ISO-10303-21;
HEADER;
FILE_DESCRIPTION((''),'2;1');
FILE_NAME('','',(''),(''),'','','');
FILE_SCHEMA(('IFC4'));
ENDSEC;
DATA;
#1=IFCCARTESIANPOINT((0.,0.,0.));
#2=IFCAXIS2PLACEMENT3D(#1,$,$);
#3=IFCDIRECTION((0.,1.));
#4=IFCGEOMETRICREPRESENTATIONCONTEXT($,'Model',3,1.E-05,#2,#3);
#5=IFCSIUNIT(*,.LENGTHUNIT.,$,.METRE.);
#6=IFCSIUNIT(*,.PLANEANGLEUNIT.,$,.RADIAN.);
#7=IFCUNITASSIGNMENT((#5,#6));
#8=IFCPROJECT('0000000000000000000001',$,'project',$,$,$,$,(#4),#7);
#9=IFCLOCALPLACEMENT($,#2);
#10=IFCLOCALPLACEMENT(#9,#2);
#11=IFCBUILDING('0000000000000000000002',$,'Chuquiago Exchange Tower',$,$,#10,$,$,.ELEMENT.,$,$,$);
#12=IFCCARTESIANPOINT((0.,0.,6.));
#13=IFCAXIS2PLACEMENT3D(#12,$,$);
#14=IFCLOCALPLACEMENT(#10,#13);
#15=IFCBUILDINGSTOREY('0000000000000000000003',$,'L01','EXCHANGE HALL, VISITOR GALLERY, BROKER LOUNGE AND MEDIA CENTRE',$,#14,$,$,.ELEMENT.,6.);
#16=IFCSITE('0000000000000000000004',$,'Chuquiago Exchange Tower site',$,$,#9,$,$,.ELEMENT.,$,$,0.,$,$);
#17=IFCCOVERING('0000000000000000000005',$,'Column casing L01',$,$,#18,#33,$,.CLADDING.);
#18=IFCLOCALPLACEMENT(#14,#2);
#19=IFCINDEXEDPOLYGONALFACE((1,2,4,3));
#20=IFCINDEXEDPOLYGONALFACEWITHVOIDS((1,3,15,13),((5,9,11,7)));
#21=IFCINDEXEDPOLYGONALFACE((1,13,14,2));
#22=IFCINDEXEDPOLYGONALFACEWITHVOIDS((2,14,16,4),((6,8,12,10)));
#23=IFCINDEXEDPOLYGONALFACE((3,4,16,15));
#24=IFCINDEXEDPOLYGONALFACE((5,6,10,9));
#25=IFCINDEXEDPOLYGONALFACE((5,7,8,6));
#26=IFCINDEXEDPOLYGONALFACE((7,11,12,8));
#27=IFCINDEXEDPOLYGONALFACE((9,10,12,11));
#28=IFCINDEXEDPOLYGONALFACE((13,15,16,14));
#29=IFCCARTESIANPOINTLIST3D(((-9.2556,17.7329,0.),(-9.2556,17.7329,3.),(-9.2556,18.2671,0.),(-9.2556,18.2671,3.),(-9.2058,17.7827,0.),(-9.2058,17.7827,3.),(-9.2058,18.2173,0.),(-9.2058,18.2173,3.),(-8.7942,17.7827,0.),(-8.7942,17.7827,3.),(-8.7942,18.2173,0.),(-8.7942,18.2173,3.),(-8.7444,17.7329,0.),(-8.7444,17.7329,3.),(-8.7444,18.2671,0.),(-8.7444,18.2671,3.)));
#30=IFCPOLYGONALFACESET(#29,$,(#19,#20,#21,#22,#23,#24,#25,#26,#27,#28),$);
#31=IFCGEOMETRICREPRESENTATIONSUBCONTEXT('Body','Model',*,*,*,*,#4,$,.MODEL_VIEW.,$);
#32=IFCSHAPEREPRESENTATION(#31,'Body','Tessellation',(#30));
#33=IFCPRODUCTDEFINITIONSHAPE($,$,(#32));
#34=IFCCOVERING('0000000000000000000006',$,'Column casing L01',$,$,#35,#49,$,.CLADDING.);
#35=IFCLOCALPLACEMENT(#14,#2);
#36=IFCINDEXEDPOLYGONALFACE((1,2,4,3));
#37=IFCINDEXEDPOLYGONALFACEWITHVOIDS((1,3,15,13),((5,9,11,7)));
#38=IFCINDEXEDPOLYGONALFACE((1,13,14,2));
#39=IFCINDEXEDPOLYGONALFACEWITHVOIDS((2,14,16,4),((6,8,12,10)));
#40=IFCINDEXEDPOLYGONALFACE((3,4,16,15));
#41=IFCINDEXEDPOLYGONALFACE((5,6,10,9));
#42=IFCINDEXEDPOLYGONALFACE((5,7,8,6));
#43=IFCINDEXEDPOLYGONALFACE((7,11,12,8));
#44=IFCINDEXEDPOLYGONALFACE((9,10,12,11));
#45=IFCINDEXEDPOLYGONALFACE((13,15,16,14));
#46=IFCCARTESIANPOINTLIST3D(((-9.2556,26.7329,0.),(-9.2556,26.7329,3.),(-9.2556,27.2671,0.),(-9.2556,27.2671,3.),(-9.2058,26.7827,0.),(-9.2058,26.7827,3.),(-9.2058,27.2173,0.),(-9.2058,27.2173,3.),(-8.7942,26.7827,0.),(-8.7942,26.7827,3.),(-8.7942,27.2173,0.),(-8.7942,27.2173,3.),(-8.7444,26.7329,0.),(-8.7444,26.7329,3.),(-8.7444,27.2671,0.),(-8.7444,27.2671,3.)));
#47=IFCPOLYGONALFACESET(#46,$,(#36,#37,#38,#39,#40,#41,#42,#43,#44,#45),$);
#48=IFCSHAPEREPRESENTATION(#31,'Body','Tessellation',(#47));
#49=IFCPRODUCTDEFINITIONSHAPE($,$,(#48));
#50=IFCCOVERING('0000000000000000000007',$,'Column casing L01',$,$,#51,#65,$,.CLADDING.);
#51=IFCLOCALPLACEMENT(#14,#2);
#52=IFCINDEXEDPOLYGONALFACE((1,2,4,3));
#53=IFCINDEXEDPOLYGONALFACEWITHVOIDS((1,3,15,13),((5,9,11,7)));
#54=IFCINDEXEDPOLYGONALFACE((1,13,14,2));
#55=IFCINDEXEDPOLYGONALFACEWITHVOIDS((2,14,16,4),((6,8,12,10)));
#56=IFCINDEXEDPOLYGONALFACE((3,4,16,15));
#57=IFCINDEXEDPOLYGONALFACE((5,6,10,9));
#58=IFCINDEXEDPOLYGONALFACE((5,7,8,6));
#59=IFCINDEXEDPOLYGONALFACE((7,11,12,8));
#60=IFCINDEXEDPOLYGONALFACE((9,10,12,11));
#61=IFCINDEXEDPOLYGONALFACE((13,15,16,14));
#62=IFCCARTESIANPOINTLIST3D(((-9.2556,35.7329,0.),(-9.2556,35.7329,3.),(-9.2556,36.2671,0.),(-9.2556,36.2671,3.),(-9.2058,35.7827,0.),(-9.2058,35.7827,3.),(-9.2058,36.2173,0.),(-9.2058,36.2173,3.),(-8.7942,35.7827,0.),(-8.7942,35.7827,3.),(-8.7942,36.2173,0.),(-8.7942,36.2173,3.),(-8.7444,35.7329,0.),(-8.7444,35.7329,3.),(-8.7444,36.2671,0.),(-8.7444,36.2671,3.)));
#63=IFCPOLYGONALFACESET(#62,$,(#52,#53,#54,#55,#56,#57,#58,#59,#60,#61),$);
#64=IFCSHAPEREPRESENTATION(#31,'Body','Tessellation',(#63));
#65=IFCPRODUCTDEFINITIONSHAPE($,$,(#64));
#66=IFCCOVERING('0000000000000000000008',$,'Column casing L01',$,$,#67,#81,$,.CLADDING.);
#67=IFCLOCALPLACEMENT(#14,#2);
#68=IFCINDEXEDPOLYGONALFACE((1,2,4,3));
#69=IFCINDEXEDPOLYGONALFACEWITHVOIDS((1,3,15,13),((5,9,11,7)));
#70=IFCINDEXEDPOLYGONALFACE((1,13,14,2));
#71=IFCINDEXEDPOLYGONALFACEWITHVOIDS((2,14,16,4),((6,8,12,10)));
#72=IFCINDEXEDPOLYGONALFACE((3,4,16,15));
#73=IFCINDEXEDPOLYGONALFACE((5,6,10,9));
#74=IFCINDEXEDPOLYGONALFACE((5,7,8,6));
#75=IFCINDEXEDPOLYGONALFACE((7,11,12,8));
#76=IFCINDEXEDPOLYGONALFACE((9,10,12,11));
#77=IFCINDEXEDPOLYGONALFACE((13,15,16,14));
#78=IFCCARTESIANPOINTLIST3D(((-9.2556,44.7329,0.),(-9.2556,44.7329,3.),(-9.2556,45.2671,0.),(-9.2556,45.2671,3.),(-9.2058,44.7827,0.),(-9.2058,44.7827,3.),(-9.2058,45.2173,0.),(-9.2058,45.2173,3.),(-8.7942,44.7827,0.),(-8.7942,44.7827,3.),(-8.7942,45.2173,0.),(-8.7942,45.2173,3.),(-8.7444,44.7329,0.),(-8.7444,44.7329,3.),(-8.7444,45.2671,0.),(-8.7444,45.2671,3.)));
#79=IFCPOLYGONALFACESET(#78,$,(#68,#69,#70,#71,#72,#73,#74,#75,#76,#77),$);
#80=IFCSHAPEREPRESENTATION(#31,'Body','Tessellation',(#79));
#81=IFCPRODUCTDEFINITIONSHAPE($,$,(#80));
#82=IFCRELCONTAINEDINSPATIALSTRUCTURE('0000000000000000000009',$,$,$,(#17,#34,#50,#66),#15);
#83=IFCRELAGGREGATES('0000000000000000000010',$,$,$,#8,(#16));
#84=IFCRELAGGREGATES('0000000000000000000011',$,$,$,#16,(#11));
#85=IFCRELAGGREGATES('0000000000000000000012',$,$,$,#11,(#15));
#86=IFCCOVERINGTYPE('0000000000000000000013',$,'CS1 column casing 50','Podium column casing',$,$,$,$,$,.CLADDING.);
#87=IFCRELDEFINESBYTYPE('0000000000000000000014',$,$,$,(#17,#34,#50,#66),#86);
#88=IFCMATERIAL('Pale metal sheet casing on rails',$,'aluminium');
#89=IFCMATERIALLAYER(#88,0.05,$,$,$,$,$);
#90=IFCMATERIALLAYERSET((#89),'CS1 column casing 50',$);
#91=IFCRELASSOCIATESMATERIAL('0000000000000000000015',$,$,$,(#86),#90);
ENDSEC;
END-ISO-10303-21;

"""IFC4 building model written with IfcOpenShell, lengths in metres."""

from ifc_helpers import new_model, si_unit, direction, frame, origin, place, context, subcontext, project, spatial, polyline, outline, extrude, material, layer, layer_set, type_object, element, save


model = new_model("IFC4")

# Units and contexts
model_context = context("Model", 3, precision=1e-05, world=origin(), true_north=direction((0.0, 1.0)))
body_context = subcontext(model_context, "Body", "Model", "MODEL_VIEW")
ifc_project = project(units=[si_unit("LENGTHUNIT", "METRE"), si_unit("PLANEANGLEUNIT", "RADIAN")], contexts=[model_context])

# Site, building, storey
site_placement = place(None, origin())
site = spatial("IfcSite", under=ifc_project, at=site_placement, Name="Chuquiago Exchange Tower site", CompositionType="ELEMENT", RefElevation=0.0)
building_placement = place(site_placement, origin())
building = spatial("IfcBuilding", under=site, at=building_placement, Name="Chuquiago Exchange Tower", CompositionType="ELEMENT")
storey_placement = place(building_placement, frame((0.0, 0.0, 6.0)))
storey = spatial("IfcBuildingStorey", under=building, at=storey_placement, Name="L01", Description="EXCHANGE HALL, VISITOR GALLERY, BROKER LOUNGE AND MEDIA CENTRE", CompositionType="ELEMENT", Elevation=6.0)

# Coverings
ifc_material_1 = material(Name="Pale metal sheet casing on rails", Category="aluminium")
ifc_layer_1 = layer(ifc_material_1, 0.05)
ifc_layer_set_1 = layer_set([ifc_layer_1], Name="CS1 column casing 50")
covering_type = type_object("IfcCoveringType", Name="CS1 column casing 50", Description="Podium column casing", PredefinedType="CLADDING", material=ifc_layer_set_1)
covering_1_placement = place(storey_placement, origin())
element("IfcCovering", 1, at=covering_1_placement, inside=storey, type_object=covering_type, Name="Column casing L01", PredefinedType="CLADDING", context=body_context, shape_type="SweptSolid", body=[
    extrude(outline(polyline([(-9.2556, 17.7329), (-8.7444, 17.7329), (-8.7444, 18.2671), (-9.2556, 18.2671), (-9.2556, 17.7329)]), holes=[polyline([(-9.2058, 17.7827), (-9.2058, 18.2173), (-8.7942, 18.2173), (-8.7942, 17.7827), (-9.2058, 17.7827)])]), origin(), (0.0, 0.0, 1.0), 3.0),
])
covering_2_placement = place(storey_placement, origin())
element("IfcCovering", 2, at=covering_2_placement, inside=storey, type_object=covering_type, Name="Column casing L01", PredefinedType="CLADDING", context=body_context, shape_type="SweptSolid", body=[
    extrude(outline(polyline([(-9.2556, 26.7329), (-8.7444, 26.7329), (-8.7444, 27.2671), (-9.2556, 27.2671), (-9.2556, 26.7329)]), holes=[polyline([(-9.2058, 26.7827), (-9.2058, 27.2173), (-8.7942, 27.2173), (-8.7942, 26.7827), (-9.2058, 26.7827)])]), origin(), (0.0, 0.0, 1.0), 3.0),
])
covering_3_placement = place(storey_placement, origin())
element("IfcCovering", 3, at=covering_3_placement, inside=storey, type_object=covering_type, Name="Column casing L01", PredefinedType="CLADDING", context=body_context, shape_type="SweptSolid", body=[
    extrude(outline(polyline([(-9.2556, 35.7329), (-8.7444, 35.7329), (-8.7444, 36.2671), (-9.2556, 36.2671), (-9.2556, 35.7329)]), holes=[polyline([(-9.2058, 35.7827), (-9.2058, 36.2173), (-8.7942, 36.2173), (-8.7942, 35.7827), (-9.2058, 35.7827)])]), origin(), (0.0, 0.0, 1.0), 3.0),
])
covering_4_placement = place(storey_placement, origin())
element("IfcCovering", 4, at=covering_4_placement, inside=storey, type_object=covering_type, Name="Column casing L01", PredefinedType="CLADDING", context=body_context, shape_type="SweptSolid", body=[
    extrude(outline(polyline([(-9.2556, 44.7329), (-8.7444, 44.7329), (-8.7444, 45.2671), (-9.2556, 45.2671), (-9.2556, 44.7329)]), holes=[polyline([(-9.2058, 44.7827), (-9.2058, 45.2173), (-8.7942, 45.2173), (-8.7942, 44.7827), (-9.2058, 44.7827)])]), origin(), (0.0, 0.0, 1.0), 3.0),
])

save(model, "model.ifc")
